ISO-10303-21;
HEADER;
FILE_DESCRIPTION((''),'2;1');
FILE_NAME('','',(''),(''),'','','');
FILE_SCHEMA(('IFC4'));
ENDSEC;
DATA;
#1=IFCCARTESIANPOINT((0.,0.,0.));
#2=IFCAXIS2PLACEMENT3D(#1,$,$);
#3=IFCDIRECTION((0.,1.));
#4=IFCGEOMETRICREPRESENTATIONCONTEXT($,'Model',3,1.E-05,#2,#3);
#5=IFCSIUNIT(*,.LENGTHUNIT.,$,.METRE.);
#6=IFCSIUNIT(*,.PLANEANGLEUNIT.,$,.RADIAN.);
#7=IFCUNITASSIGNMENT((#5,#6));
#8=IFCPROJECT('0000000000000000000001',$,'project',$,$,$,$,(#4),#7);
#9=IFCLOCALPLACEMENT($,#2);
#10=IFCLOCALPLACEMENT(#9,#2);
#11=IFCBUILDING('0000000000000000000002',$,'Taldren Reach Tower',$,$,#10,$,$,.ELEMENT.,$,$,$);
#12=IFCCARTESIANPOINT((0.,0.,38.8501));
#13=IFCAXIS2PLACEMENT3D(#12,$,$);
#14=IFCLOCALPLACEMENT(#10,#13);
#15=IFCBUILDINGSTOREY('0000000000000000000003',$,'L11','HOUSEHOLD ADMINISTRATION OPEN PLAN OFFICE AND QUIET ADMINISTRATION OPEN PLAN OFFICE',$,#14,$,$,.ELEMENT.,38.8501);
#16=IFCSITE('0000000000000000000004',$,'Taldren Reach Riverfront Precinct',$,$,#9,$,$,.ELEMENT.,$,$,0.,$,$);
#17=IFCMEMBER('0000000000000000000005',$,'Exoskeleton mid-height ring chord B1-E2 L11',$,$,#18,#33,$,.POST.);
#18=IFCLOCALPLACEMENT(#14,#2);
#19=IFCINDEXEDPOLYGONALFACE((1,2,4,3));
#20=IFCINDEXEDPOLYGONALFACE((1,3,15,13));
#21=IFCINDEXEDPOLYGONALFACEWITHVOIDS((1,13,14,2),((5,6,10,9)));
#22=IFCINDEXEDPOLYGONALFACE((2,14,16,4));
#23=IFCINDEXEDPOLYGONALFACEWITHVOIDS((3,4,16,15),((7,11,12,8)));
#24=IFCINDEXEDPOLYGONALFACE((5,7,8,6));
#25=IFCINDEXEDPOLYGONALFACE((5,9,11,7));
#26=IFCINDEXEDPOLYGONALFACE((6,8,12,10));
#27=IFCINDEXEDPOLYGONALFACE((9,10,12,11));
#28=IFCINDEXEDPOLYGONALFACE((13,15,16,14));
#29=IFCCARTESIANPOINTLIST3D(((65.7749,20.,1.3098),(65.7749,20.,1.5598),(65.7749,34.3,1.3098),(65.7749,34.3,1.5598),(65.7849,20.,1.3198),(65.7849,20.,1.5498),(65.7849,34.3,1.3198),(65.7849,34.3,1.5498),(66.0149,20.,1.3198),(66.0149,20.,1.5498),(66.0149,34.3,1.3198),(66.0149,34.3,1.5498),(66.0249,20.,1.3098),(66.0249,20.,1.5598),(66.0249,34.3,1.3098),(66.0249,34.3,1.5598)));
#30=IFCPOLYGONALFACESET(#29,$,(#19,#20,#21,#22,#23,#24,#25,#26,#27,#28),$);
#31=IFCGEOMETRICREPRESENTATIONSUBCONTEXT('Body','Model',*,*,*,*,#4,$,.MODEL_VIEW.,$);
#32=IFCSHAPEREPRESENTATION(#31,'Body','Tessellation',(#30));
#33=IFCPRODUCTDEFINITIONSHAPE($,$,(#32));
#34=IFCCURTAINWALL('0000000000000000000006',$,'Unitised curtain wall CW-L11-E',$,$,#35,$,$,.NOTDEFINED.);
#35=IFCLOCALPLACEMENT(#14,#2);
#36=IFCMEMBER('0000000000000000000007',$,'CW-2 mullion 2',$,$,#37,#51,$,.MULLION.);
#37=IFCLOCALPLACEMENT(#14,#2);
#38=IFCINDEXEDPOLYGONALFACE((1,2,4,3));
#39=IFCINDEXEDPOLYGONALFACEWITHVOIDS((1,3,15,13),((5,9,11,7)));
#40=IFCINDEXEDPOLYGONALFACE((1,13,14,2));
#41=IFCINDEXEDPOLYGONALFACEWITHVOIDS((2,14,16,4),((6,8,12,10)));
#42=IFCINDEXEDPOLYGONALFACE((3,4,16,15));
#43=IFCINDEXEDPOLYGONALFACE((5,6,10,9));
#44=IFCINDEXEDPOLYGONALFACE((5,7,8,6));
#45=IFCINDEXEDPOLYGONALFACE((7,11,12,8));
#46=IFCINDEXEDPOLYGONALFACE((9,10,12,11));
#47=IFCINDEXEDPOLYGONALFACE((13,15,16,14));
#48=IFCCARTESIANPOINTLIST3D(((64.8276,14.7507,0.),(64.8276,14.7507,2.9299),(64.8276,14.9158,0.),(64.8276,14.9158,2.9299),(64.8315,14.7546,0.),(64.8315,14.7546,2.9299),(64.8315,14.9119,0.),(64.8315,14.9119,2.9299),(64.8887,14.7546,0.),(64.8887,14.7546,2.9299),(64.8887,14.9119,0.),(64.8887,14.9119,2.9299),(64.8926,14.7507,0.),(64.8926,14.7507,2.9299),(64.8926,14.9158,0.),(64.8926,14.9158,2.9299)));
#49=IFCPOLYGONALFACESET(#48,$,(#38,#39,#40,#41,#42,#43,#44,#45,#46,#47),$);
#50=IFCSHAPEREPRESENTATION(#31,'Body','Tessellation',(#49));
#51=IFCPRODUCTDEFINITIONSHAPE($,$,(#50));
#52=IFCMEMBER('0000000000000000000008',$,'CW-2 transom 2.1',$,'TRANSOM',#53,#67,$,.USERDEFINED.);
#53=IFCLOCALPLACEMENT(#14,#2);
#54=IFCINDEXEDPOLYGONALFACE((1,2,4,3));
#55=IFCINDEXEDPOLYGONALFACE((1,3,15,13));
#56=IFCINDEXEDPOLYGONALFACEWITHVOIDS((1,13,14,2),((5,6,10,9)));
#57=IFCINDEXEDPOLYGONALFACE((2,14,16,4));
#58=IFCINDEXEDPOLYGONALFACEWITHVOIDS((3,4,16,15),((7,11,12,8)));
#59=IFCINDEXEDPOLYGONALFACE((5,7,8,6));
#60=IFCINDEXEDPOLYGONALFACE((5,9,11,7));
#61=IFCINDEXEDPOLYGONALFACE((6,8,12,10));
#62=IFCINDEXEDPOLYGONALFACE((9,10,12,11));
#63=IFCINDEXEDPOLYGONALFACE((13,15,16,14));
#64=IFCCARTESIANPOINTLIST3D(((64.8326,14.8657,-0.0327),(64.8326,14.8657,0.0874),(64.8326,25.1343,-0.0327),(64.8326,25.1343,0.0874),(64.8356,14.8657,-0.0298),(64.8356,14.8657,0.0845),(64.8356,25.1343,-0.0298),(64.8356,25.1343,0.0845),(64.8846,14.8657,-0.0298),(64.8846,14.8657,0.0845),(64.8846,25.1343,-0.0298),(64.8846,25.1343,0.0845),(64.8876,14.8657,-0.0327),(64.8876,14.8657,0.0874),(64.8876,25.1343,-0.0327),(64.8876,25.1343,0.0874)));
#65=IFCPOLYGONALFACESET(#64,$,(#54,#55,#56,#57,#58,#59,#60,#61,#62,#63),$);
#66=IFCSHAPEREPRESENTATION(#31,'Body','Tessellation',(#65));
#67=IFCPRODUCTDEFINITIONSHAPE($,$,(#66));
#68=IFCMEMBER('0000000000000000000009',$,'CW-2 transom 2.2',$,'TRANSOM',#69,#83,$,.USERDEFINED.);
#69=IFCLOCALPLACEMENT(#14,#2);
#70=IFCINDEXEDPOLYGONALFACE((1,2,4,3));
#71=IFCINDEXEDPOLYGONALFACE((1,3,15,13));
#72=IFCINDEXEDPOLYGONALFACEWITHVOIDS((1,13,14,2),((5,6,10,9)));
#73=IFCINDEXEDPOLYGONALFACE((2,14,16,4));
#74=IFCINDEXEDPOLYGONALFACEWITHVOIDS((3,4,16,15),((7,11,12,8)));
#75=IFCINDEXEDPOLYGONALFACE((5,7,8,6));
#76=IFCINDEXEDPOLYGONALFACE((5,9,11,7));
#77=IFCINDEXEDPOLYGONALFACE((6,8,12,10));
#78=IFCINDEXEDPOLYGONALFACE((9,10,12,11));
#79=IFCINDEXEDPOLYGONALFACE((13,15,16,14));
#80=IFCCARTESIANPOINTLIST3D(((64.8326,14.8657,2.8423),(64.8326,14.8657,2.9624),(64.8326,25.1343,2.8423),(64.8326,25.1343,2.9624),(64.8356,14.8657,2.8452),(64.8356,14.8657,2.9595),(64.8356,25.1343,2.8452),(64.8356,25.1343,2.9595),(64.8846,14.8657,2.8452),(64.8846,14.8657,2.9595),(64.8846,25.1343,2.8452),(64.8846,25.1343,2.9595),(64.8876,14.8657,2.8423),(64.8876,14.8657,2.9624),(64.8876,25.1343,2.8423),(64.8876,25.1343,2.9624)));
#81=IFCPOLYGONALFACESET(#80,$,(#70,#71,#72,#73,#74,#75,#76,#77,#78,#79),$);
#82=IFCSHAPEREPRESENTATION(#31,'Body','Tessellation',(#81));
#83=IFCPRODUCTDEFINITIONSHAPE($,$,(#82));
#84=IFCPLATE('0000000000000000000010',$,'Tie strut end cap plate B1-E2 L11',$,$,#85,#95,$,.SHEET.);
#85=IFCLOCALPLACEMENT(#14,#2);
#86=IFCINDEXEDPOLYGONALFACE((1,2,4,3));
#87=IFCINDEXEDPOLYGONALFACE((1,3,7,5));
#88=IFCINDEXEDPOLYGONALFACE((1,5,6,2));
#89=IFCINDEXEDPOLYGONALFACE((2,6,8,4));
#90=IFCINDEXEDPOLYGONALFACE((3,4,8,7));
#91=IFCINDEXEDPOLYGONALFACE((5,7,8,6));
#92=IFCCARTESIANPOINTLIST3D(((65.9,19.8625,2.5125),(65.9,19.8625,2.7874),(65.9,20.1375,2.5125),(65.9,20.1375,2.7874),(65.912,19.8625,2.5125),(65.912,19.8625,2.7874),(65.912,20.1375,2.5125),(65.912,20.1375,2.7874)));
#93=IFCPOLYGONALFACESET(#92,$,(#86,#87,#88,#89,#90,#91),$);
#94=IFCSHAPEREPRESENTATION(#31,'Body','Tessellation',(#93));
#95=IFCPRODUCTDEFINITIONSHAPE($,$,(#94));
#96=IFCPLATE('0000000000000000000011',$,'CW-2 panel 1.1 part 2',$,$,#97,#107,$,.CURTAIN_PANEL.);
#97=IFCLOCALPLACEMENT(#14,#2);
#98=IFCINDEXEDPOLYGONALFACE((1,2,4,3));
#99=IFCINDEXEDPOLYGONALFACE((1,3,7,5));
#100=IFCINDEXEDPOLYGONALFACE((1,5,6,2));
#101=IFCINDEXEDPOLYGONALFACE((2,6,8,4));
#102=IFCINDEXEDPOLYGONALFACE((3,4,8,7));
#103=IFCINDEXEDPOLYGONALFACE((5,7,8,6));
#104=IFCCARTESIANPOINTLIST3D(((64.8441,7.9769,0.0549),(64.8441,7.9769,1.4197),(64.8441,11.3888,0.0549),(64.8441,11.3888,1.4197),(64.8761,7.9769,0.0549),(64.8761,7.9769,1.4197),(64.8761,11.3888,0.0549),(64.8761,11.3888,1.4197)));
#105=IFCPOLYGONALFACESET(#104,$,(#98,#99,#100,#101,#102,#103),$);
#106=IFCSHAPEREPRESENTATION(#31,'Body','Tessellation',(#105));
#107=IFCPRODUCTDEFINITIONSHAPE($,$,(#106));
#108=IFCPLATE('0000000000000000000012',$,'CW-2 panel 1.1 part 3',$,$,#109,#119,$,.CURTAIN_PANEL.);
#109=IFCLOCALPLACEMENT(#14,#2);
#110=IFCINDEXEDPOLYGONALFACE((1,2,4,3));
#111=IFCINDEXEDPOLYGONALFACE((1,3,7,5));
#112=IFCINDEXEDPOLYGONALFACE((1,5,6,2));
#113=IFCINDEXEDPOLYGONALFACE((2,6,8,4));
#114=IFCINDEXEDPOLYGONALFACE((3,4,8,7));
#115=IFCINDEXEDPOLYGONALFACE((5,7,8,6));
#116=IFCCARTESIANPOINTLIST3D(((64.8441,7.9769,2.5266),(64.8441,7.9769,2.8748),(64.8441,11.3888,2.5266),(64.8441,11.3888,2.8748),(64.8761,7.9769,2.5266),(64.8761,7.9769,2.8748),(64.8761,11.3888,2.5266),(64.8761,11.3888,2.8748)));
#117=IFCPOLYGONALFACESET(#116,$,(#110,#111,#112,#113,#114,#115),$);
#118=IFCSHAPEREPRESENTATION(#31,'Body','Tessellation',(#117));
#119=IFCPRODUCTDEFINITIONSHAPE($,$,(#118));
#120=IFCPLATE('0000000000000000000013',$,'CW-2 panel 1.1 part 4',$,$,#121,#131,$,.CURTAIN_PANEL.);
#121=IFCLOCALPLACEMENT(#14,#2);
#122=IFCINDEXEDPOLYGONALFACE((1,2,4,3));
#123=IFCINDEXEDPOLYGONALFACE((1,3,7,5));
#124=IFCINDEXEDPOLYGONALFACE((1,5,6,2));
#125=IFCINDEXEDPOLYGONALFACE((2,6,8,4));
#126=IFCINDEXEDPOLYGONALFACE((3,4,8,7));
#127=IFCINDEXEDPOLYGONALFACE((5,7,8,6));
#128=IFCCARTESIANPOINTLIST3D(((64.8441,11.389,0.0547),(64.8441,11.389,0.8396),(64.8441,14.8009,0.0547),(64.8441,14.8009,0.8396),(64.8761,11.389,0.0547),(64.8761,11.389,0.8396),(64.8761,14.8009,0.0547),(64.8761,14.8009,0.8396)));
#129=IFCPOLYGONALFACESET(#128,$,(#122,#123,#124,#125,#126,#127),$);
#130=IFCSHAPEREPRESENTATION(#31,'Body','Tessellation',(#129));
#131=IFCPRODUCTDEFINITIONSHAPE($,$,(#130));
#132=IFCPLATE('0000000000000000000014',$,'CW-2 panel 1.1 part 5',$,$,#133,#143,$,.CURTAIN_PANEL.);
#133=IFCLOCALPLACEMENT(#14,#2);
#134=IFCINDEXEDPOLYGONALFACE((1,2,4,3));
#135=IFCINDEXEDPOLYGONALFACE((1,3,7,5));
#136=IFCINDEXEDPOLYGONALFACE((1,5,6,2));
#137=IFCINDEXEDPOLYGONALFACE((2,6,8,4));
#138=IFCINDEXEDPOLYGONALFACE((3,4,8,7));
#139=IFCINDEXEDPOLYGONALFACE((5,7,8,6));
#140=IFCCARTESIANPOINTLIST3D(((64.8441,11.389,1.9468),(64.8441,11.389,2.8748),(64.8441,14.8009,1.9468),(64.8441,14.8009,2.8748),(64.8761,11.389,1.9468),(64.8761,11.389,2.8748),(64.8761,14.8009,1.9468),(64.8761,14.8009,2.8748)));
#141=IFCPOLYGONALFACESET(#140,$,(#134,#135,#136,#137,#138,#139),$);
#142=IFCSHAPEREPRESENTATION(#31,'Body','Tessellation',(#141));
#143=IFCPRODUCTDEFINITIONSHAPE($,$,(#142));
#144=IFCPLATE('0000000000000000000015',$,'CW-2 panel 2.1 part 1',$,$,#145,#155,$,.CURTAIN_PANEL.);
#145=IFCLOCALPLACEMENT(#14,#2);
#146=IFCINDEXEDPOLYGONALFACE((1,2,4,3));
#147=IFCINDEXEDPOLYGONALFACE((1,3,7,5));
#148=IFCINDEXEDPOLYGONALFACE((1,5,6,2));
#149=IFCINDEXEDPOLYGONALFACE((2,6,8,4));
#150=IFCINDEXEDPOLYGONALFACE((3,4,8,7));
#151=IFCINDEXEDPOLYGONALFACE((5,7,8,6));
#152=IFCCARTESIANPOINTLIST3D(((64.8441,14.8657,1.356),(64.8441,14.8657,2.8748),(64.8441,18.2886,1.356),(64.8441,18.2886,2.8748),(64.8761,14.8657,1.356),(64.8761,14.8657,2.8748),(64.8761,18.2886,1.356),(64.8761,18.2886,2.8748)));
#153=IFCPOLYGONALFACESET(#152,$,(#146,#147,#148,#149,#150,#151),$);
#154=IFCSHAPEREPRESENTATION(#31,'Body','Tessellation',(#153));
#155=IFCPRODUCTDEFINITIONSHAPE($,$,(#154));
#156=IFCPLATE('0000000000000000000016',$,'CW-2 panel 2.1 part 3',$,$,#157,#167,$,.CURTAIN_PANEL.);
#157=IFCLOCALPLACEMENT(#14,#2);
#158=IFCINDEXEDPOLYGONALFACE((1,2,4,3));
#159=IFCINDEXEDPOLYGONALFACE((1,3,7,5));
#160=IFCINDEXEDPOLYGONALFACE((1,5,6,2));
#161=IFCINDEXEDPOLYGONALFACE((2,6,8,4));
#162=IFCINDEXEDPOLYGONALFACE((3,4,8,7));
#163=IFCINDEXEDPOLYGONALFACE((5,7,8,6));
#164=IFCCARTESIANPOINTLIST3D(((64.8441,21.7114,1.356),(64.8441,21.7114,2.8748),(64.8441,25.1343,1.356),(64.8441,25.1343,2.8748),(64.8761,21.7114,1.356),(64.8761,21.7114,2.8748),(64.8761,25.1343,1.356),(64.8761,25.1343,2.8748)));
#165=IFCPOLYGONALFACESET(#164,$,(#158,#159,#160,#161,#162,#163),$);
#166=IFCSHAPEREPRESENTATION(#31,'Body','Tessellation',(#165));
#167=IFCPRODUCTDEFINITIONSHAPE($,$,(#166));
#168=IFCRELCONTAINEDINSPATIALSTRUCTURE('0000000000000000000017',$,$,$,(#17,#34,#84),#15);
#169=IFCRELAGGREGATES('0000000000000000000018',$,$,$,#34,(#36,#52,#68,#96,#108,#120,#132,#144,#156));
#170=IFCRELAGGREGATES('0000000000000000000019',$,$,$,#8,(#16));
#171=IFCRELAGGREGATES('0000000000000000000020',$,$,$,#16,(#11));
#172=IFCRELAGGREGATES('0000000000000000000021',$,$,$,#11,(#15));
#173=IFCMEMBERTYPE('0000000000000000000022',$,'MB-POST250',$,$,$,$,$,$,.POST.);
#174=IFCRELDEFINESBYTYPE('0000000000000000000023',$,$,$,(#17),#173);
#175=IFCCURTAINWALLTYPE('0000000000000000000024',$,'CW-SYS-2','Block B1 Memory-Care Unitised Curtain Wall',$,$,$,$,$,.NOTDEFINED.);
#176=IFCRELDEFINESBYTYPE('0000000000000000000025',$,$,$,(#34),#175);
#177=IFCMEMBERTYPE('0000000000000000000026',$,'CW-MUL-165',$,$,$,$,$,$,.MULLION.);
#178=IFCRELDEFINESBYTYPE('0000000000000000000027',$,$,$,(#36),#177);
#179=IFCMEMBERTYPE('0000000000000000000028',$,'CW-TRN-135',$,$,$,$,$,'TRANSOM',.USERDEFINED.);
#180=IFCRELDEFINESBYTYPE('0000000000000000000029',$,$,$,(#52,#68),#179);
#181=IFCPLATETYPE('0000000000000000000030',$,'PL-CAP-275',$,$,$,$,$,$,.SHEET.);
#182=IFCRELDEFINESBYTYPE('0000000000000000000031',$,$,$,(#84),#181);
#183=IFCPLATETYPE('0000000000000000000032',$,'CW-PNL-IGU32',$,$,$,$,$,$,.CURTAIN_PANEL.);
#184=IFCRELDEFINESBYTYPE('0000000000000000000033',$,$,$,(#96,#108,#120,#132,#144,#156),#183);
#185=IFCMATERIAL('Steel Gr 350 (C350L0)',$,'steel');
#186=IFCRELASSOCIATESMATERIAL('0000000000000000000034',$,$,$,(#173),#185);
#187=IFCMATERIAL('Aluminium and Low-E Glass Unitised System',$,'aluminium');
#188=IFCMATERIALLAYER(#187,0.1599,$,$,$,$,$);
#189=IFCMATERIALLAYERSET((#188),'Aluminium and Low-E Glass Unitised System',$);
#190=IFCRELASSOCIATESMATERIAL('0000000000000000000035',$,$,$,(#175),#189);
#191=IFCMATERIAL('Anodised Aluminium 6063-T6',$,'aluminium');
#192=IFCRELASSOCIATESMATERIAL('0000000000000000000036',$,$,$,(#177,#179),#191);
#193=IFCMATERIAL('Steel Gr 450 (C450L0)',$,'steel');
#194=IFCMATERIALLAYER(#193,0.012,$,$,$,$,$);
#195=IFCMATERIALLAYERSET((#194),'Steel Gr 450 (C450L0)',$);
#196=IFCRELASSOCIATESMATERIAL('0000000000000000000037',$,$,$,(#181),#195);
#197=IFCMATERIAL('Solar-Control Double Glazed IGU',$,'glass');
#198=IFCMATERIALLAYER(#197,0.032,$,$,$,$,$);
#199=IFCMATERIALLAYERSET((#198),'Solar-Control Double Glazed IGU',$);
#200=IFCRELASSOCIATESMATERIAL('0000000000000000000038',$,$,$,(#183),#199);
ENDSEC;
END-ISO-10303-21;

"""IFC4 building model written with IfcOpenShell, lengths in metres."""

from ifc_helpers import new_model, si_unit, direction, frame, origin, origin_2d, place, context, subcontext, project, spatial, rectangle, hollow_rectangle, extrude, source, transform, mapped, material, layer, layer_set, material_profile, profile_set, type_object, element, aggregate, save


model = new_model("IFC4")

# Units and contexts
model_context = context("Model", 3, precision=1e-05, world=origin(), true_north=direction((0.0, 1.0)))
body_context = subcontext(model_context, "Body", "Model", "MODEL_VIEW")
ifc_project = project(units=[si_unit("LENGTHUNIT", "METRE"), si_unit("PLANEANGLEUNIT", "RADIAN")], contexts=[model_context])

# Site, building, storey
site_placement = place(None, origin())
site = spatial("IfcSite", under=ifc_project, at=site_placement, Name="Taldren Reach Riverfront Precinct", CompositionType="ELEMENT", RefElevation=0.0)
building_placement = place(site_placement, origin())
building = spatial("IfcBuilding", under=site, at=building_placement, Name="Taldren Reach Tower", CompositionType="ELEMENT")
storey_placement = place(building_placement, frame((0.0, 0.0, 38.8501)))
storey = spatial("IfcBuildingStorey", under=building, at=storey_placement, Name="L11", Description="HOUSEHOLD ADMINISTRATION OPEN PLAN OFFICE AND QUIET ADMINISTRATION OPEN PLAN OFFICE", CompositionType="ELEMENT", Elevation=38.8501)

# Member
ifc_material_1 = material(Name="Steel Gr 450 (C450L0)", Category="steel")
ifc_material_2 = material(Name="Steel Gr 350 (C350L0)", Category="steel")
ifc_material_profile_1 = material_profile(ifc_material_2, hollow_rectangle(XDim=0.25, YDim=0.25, WallThickness=0.01, at=origin_2d()), Name="250x250x10.0SHS")
ifc_profile_set_1 = profile_set([ifc_material_profile_1], Name="Steel Gr 350 (C350L0)")
member_type_1 = type_object("IfcMemberType", Name="MB-POST250", PredefinedType="POST", material=ifc_profile_set_1)
shared_shape_1 = source(origin(), body_context, "Body", "SweptSolid", [
    extrude(hollow_rectangle(XDim=0.25, YDim=0.25, WallThickness=0.01, at=origin_2d()), origin(), (0.0, 0.0, 1.0), 14.3),
])
member_1_placement = place(storey_placement, frame((65.8999, 20.0, 1.4348), z_axis=(0.0, 1.0, 0.0), x_axis=(-1.0, 0.0, 0.0)))
element("IfcMember", 1, at=member_1_placement, inside=storey, type_object=member_type_1, Name="Exoskeleton mid-height ring chord B1-E2 L11", PredefinedType="POST", context=body_context, shape_type="MappedRepresentation", body=[
    mapped(shared_shape_1, transform((0.0, 0.0, 0.0), scale=1.0)),
])

# Curtain wall, members
ifc_material_3 = material(Name="Aluminium and Low-E Glass Unitised System", Category="aluminium")
ifc_layer_1 = layer(ifc_material_3, 0.1599)
ifc_layer_set_1 = layer_set([ifc_layer_1], Name="Aluminium and Low-E Glass Unitised System")
curtain_wall_type = type_object("IfcCurtainWallType", Name="CW-SYS-2", Description="Block B1 Memory-Care Unitised Curtain Wall", PredefinedType="NOTDEFINED", material=ifc_layer_set_1)
curtain_wall_placement = place(storey_placement, origin())
curtain_wall = element("IfcCurtainWall", 2, at=curtain_wall_placement, inside=storey, type_object=curtain_wall_type, Name="Unitised curtain wall CW-L11-E", PredefinedType="NOTDEFINED")
ifc_material_4 = material(Name="Anodised Aluminium 6063-T6", Category="aluminium")
ifc_material_profile_2 = material_profile(ifc_material_4, hollow_rectangle(XDim=0.0649, YDim=0.165, WallThickness=0.0039, at=origin_2d()), Name="ALU-165x65x4RHS")
ifc_profile_set_2 = profile_set([ifc_material_profile_2], Name="Anodised Aluminium 6063-T6")
member_type_2 = type_object("IfcMemberType", Name="CW-MUL-165", PredefinedType="MULLION", material=ifc_profile_set_2)
shared_shape_2 = source(origin(), body_context, "Body", "SweptSolid", [
    extrude(hollow_rectangle(XDim=0.0649, YDim=0.165, WallThickness=0.0039, at=origin_2d()), origin(), (0.0, 0.0, 1.0), 2.9299),
])
member_2_placement = place(storey_placement, frame((64.8601, 14.8333, 0.0), z_axis=(0.0, 0.0, 1.0), x_axis=(-1.0, 0.0, 0.0)))
member_2 = element("IfcMember", 3, at=member_2_placement, type_object=member_type_2, Name="CW-2 mullion 2", PredefinedType="MULLION", context=body_context, shape_type="MappedRepresentation", body=[
    mapped(shared_shape_2, transform((0.0, 0.0, 0.0), scale=1.0)),
])
ifc_material_profile_3 = material_profile(ifc_material_4, hollow_rectangle(XDim=0.0549, YDim=0.1201, WallThickness=0.0029, at=origin_2d()), Name="ALU-120x55x3RHS")
ifc_profile_set_3 = profile_set([ifc_material_profile_3], Name="Anodised Aluminium 6063-T6")
member_type_3 = type_object("IfcMemberType", Name="CW-TRN-135", ElementType="TRANSOM", PredefinedType="USERDEFINED", material=ifc_profile_set_3)
shared_shape_3 = source(origin(), body_context, "Body", "SweptSolid", [
    extrude(hollow_rectangle(XDim=0.0549, YDim=0.1201, WallThickness=0.0029, at=origin_2d()), origin(), (0.0, 0.0, 1.0), 10.2686),
])
member_3_placement = place(storey_placement, frame((64.8601, 14.8657, 0.0273), z_axis=(0.0, 1.0, 0.0), x_axis=(-1.0, 0.0, 0.0)))
member_3 = element("IfcMember", 4, at=member_3_placement, type_object=member_type_3, Name="CW-2 transom 2.1", ObjectType="TRANSOM", PredefinedType="USERDEFINED", context=body_context, shape_type="MappedRepresentation", body=[
    mapped(shared_shape_3, transform((0.0, 0.0, 0.0), scale=1.0)),
])
member_4_placement = place(storey_placement, frame((64.8601, 14.8657, 2.9023), z_axis=(0.0, 1.0, 0.0), x_axis=(-1.0, 0.0, 0.0)))
member_4 = element("IfcMember", 5, at=member_4_placement, type_object=member_type_3, Name="CW-2 transom 2.2", ObjectType="TRANSOM", PredefinedType="USERDEFINED", context=body_context, shape_type="MappedRepresentation", body=[
    mapped(shared_shape_3, transform((0.0, 0.0, 0.0), scale=1.0)),
])

# Plates
ifc_layer_2 = layer(ifc_material_1, 0.012)
ifc_layer_set_2 = layer_set([ifc_layer_2], Name="Steel Gr 450 (C450L0)")
plate_type_1 = type_object("IfcPlateType", Name="PL-CAP-275", PredefinedType="SHEET", material=ifc_layer_set_2)
shared_shape_4 = source(origin(), body_context, "Body", "SweptSolid", [
    extrude(rectangle(XDim=0.012, YDim=0.2749, at=origin_2d()), origin(), (0.0, 0.0, 1.0), 0.2749),
])
plate_1_placement = place(storey_placement, frame((65.906, 20.0, 2.5125), z_axis=(0.0, 0.0, 1.0), x_axis=(1.0, 0.0, 0.0)))
element("IfcPlate", 6, at=plate_1_placement, inside=storey, type_object=plate_type_1, Name="Tie strut end cap plate B1-E2 L11", PredefinedType="SHEET", context=body_context, shape_type="MappedRepresentation", body=[
    mapped(shared_shape_4, transform((0.0, 0.0, 0.0), scale=1.0)),
])
ifc_material_5 = material(Name="Solar-Control Double Glazed IGU", Category="glass")
ifc_layer_3 = layer(ifc_material_5, 0.032)
ifc_layer_set_3 = layer_set([ifc_layer_3], Name="Solar-Control Double Glazed IGU")
plate_type_2 = type_object("IfcPlateType", Name="CW-PNL-IGU32", PredefinedType="CURTAIN_PANEL", material=ifc_layer_set_3)
shared_shape_5 = source(origin(), body_context, "Body", "SweptSolid", [
    extrude(rectangle(XDim=3.4119, YDim=0.032, at=origin_2d()), origin(), (0.0, 0.0, 1.0), 1.3647),
])
plate_2_placement = place(storey_placement, frame((64.8601, 9.6829, 0.0549), z_axis=(0.0, 0.0, 1.0), x_axis=(0.0, 1.0, 0.0)))
plate_2 = element("IfcPlate", 7, at=plate_2_placement, type_object=plate_type_2, Name="CW-2 panel 1.1 part 2", PredefinedType="CURTAIN_PANEL", context=body_context, shape_type="MappedRepresentation", body=[
    mapped(shared_shape_5, transform((0.0, 0.0, 0.0), scale=1.0)),
])
shared_shape_6 = source(origin(), body_context, "Body", "SweptSolid", [
    extrude(rectangle(XDim=3.4119, YDim=0.032, at=origin_2d()), origin(), (0.0, 0.0, 1.0), 0.3481),
])
plate_3_placement = place(storey_placement, frame((64.8601, 9.6829, 2.5266), z_axis=(0.0, 0.0, 1.0), x_axis=(0.0, 1.0, 0.0)))
plate_3 = element("IfcPlate", 8, at=plate_3_placement, type_object=plate_type_2, Name="CW-2 panel 1.1 part 3", PredefinedType="CURTAIN_PANEL", context=body_context, shape_type="MappedRepresentation", body=[
    mapped(shared_shape_6, transform((0.0, 0.0, 0.0), scale=1.0)),
])
shared_shape_7 = source(origin(), body_context, "Body", "SweptSolid", [
    extrude(rectangle(XDim=3.4119, YDim=0.032, at=origin_2d()), origin(), (0.0, 0.0, 1.0), 0.7849),
])
plate_4_placement = place(storey_placement, frame((64.8601, 13.095, 0.0547), z_axis=(0.0, 0.0, 1.0), x_axis=(0.0, 1.0, 0.0)))
plate_4 = element("IfcPlate", 9, at=plate_4_placement, type_object=plate_type_2, Name="CW-2 panel 1.1 part 4", PredefinedType="CURTAIN_PANEL", context=body_context, shape_type="MappedRepresentation", body=[
    mapped(shared_shape_7, transform((0.0, 0.0, 0.0), scale=1.0)),
])
shared_shape_8 = source(origin(), body_context, "Body", "SweptSolid", [
    extrude(rectangle(XDim=3.4119, YDim=0.032, at=origin_2d()), origin(), (0.0, 0.0, 1.0), 0.928),
])
plate_5_placement = place(storey_placement, frame((64.8601, 13.095, 1.9468), z_axis=(0.0, 0.0, 1.0), x_axis=(0.0, 1.0, 0.0)))
plate_5 = element("IfcPlate", 10, at=plate_5_placement, type_object=plate_type_2, Name="CW-2 panel 1.1 part 5", PredefinedType="CURTAIN_PANEL", context=body_context, shape_type="MappedRepresentation", body=[
    mapped(shared_shape_8, transform((0.0, 0.0, 0.0), scale=1.0)),
])
shared_shape_9 = source(origin(), body_context, "Body", "SweptSolid", [
    extrude(rectangle(XDim=3.4229, YDim=0.032, at=origin_2d()), origin(), (0.0, 0.0, 1.0), 1.5188),
])
plate_6_placement = place(storey_placement, frame((64.8601, 16.5771, 1.356), z_axis=(0.0, 0.0, 1.0), x_axis=(0.0, 1.0, 0.0)))
plate_6 = element("IfcPlate", 11, at=plate_6_placement, type_object=plate_type_2, Name="CW-2 panel 2.1 part 1", PredefinedType="CURTAIN_PANEL", context=body_context, shape_type="MappedRepresentation", body=[
    mapped(shared_shape_9, transform((0.0, 0.0, 0.0), scale=1.0)),
])
plate_7_placement = place(storey_placement, frame((64.8601, 23.4229, 1.356), z_axis=(0.0, 0.0, 1.0), x_axis=(0.0, 1.0, 0.0)))
plate_7 = element("IfcPlate", 12, at=plate_7_placement, type_object=plate_type_2, Name="CW-2 panel 2.1 part 3", PredefinedType="CURTAIN_PANEL", context=body_context, shape_type="MappedRepresentation", body=[
    mapped(shared_shape_9, transform((0.0, 0.0, 0.0), scale=1.0)),
])
aggregate(curtain_wall, [member_2, member_3, member_4, plate_2, plate_3, plate_4, plate_5, plate_6, plate_7])

save(model, "model.ifc")
